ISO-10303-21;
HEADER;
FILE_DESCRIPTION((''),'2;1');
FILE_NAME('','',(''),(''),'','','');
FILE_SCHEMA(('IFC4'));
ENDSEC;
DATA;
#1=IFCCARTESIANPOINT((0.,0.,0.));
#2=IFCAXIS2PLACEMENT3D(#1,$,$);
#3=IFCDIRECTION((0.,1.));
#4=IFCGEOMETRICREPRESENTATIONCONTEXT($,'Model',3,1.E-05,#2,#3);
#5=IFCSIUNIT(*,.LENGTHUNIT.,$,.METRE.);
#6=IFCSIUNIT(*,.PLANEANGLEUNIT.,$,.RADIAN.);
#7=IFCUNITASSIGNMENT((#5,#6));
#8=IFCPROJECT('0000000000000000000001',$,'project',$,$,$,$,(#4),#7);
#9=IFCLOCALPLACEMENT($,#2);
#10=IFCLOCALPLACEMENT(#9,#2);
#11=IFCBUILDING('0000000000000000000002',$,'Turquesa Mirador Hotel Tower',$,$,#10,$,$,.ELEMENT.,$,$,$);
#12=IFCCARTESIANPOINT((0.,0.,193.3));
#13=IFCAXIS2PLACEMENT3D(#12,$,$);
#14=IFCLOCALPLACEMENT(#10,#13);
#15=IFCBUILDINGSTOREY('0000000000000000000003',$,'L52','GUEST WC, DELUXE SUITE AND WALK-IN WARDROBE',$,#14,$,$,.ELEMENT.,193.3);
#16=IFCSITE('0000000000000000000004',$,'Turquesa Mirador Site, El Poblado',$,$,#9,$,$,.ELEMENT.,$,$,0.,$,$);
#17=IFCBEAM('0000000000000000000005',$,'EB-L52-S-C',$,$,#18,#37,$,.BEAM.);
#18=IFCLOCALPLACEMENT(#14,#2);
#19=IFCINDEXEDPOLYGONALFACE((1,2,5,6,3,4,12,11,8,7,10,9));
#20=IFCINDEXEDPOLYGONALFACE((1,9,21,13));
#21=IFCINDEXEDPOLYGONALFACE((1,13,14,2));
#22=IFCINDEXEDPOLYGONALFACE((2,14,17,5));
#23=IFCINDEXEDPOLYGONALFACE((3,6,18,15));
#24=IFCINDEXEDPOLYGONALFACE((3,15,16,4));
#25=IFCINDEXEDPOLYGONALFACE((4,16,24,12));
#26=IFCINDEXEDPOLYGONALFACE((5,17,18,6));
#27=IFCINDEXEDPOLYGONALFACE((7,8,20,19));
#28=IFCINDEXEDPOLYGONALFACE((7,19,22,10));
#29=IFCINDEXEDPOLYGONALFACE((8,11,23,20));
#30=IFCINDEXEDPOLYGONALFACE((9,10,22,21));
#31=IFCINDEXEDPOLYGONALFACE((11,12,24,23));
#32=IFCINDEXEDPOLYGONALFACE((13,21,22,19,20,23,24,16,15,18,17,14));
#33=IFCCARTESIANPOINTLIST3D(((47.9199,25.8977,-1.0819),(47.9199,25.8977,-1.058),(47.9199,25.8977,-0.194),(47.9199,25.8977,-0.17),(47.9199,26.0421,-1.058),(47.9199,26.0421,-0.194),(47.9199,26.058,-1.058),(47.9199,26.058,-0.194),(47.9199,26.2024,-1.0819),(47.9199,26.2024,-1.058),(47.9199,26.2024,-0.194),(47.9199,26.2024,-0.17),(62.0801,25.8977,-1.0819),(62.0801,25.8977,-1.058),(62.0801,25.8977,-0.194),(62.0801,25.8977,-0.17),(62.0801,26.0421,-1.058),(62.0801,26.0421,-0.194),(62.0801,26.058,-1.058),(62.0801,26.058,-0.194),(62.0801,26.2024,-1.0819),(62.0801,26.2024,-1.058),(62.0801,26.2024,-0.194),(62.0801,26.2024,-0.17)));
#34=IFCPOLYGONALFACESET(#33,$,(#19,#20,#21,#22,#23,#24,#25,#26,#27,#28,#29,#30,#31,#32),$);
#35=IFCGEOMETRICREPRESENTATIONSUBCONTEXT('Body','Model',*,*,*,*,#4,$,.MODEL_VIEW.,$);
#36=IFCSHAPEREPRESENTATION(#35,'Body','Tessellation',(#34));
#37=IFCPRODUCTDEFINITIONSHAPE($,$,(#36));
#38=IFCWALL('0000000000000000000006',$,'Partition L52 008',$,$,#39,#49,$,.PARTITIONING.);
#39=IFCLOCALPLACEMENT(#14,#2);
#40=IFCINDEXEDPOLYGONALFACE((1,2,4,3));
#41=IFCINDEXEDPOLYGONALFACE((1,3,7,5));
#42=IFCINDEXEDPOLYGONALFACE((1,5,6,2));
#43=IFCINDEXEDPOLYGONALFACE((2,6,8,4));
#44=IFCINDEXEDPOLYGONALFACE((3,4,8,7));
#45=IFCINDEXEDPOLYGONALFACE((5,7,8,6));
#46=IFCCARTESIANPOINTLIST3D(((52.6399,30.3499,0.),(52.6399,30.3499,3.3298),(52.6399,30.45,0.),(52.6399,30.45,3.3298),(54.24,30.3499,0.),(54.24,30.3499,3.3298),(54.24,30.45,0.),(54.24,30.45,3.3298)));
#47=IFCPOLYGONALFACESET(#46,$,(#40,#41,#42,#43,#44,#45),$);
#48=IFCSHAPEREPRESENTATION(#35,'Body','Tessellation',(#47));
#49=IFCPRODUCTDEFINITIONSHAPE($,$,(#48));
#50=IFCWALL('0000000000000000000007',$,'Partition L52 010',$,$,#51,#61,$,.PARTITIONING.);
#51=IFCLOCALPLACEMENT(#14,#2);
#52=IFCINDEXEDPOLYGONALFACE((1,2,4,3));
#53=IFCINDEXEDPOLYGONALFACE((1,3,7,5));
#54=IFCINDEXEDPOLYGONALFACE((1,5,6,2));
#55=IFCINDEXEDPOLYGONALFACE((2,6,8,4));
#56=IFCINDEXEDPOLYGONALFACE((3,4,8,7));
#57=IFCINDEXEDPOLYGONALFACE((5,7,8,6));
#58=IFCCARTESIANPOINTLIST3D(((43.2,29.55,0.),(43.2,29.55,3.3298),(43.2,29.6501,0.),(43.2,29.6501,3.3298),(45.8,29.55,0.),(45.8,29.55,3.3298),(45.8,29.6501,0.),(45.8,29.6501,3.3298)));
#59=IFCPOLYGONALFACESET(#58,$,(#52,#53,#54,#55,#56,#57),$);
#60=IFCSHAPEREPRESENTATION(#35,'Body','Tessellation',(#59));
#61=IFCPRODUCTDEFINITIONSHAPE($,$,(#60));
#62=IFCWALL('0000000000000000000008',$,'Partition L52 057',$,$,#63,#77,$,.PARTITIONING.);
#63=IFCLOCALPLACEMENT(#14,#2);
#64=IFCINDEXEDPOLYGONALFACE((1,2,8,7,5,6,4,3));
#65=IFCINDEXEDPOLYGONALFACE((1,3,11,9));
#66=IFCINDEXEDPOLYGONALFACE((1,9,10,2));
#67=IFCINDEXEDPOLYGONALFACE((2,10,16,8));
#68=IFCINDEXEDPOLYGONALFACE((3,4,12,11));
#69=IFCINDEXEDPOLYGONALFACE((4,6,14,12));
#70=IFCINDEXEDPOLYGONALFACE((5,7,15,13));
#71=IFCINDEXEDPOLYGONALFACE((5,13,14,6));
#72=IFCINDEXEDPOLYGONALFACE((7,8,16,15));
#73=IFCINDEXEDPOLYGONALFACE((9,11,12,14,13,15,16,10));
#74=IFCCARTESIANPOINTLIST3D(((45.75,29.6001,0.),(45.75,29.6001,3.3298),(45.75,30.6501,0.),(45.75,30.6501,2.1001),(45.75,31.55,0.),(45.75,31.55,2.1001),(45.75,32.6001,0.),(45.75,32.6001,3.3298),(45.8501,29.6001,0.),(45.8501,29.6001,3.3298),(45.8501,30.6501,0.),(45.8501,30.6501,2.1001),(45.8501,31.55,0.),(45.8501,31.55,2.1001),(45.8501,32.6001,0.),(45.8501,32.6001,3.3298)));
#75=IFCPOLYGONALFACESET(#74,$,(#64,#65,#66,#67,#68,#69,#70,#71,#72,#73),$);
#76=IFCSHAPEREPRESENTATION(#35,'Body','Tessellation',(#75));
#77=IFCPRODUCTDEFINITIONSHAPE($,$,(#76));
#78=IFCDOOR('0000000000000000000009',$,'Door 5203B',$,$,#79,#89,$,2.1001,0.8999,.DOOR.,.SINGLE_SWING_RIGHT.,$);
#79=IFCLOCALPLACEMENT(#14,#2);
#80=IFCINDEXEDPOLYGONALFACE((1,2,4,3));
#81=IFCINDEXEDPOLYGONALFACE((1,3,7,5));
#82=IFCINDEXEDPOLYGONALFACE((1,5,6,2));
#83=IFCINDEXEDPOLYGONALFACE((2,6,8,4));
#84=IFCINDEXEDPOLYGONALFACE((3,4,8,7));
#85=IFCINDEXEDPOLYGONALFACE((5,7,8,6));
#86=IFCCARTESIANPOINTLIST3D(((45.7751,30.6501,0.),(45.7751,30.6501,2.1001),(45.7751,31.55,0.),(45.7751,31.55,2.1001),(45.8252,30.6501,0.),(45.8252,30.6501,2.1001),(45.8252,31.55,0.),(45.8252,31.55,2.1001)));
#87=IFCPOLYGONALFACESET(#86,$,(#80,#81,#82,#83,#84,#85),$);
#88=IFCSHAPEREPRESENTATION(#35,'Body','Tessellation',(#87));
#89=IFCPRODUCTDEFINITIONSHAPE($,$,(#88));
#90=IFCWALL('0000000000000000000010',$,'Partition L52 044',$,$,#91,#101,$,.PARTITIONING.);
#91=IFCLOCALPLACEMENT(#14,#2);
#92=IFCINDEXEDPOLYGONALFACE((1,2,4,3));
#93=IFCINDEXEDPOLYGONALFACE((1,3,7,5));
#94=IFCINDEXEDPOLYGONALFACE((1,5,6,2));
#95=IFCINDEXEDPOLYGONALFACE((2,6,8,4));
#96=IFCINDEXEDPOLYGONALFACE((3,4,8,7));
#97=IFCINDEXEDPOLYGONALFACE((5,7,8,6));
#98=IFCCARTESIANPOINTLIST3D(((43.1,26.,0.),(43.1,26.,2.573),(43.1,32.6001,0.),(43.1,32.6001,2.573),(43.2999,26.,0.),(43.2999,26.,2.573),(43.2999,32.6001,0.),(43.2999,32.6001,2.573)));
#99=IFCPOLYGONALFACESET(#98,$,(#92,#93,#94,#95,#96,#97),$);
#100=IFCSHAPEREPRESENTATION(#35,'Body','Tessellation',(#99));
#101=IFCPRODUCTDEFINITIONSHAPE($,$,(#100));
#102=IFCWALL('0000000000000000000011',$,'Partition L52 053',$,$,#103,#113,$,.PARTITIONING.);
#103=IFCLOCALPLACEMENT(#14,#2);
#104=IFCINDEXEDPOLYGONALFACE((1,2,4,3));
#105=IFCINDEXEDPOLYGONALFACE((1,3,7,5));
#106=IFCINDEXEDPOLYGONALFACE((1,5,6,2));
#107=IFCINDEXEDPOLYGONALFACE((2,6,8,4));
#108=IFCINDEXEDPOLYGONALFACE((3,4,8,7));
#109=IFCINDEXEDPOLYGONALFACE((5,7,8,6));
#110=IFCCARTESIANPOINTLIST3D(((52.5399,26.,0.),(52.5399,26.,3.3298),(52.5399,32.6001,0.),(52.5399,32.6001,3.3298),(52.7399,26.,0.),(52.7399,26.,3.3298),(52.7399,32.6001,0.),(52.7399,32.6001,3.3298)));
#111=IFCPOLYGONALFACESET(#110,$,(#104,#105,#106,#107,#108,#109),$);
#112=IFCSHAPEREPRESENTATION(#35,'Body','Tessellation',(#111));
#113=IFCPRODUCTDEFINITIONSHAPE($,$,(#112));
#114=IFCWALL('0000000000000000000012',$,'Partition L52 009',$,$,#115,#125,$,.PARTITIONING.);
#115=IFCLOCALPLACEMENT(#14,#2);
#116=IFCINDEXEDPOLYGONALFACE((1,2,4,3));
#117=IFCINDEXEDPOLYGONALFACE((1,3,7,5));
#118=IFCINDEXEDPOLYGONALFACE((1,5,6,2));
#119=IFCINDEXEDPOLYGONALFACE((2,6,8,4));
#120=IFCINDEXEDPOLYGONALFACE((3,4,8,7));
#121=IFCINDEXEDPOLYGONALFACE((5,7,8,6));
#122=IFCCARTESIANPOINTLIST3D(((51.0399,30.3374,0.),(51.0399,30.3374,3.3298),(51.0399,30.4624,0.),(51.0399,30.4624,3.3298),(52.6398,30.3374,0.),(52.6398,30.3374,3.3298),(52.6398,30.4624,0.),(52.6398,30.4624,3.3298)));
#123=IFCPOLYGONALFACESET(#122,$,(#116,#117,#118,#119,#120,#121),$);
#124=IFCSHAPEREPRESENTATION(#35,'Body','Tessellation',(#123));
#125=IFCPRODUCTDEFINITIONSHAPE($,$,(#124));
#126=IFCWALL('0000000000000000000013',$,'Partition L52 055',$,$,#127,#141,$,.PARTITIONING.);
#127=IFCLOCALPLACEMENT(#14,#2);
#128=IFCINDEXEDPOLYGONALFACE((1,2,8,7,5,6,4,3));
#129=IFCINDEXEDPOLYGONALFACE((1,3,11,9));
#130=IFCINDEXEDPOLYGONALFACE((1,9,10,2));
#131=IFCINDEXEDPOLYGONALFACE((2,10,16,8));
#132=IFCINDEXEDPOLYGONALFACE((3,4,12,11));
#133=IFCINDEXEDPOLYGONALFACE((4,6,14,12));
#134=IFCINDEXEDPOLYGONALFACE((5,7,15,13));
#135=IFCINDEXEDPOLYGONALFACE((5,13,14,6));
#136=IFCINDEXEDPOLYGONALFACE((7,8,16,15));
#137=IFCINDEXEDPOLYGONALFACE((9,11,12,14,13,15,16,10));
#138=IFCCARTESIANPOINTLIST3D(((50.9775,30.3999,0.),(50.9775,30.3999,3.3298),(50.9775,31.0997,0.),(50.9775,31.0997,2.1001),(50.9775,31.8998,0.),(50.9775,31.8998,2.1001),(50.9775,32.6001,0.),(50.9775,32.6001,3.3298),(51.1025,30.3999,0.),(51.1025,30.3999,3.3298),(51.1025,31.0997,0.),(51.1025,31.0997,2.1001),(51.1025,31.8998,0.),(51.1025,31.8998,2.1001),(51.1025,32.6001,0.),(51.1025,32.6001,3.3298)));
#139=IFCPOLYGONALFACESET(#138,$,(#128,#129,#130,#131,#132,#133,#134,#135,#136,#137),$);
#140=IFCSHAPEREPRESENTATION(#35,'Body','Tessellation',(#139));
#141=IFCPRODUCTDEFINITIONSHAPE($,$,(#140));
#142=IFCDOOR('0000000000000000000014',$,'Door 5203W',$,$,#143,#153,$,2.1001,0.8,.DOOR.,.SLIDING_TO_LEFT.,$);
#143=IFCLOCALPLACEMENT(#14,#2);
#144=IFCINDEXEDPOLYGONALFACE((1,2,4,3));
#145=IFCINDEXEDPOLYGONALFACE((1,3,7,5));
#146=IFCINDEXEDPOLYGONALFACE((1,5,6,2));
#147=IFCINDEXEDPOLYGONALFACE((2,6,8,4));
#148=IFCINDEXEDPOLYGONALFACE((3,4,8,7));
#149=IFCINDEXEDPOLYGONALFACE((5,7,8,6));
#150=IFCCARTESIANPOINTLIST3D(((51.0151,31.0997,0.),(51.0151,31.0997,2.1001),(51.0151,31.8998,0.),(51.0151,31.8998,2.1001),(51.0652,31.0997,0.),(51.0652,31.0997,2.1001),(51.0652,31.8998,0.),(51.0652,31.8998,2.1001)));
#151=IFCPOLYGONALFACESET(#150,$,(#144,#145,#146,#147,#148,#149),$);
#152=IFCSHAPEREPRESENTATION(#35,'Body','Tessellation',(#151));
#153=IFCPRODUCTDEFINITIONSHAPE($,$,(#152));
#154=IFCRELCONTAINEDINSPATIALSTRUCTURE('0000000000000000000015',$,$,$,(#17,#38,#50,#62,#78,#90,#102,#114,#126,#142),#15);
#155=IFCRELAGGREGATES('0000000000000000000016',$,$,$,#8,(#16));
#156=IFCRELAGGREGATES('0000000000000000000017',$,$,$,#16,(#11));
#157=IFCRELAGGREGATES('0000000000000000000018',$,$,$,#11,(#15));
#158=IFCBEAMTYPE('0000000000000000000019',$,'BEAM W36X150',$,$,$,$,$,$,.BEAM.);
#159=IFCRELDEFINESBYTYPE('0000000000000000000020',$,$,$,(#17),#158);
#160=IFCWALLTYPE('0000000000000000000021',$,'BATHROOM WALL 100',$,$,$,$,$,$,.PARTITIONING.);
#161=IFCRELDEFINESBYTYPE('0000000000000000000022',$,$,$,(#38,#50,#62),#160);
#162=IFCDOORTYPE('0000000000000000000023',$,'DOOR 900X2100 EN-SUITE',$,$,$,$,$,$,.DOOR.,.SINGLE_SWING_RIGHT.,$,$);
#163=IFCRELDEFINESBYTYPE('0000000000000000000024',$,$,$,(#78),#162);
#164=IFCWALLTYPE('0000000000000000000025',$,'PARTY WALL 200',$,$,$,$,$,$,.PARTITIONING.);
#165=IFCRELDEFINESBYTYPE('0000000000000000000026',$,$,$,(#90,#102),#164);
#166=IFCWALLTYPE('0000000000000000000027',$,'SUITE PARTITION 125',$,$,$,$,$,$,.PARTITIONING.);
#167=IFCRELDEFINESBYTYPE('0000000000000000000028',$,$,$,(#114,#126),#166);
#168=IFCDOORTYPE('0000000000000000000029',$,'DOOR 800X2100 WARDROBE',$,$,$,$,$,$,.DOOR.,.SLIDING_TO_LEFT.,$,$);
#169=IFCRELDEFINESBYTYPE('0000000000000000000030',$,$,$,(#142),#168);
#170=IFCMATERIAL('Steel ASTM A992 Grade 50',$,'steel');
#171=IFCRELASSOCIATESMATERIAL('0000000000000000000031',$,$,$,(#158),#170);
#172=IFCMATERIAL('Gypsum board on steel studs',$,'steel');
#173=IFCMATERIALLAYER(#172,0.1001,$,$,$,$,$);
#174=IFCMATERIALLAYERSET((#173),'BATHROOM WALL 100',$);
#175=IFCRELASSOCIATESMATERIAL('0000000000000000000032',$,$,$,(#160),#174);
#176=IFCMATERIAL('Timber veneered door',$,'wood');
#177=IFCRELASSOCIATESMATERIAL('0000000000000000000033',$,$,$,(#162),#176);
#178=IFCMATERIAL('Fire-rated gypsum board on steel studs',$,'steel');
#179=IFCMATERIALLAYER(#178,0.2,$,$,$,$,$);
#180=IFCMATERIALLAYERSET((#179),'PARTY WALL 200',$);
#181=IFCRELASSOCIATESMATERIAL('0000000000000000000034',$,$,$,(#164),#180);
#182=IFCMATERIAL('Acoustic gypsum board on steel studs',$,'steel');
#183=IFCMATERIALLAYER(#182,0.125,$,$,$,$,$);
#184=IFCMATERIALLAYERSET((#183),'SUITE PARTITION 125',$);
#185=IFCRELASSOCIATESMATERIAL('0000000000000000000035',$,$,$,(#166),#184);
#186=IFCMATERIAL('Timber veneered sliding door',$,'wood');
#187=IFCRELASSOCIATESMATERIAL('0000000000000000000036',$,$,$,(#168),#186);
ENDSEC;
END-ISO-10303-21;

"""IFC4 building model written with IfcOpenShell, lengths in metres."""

from ifc_helpers import new_model, si_unit, direction, frame, frame_2d, origin, origin_2d, place, context, subcontext, project, spatial, rectangle, i_section, extrude, material, layer, layer_set, material_profile, profile_set, type_object, element, fill, save


model = new_model("IFC4")

# Units and contexts
model_context = context("Model", 3, precision=1e-05, world=origin(), true_north=direction((0.0, 1.0)))
body_context = subcontext(model_context, "Body", "Model", "MODEL_VIEW")
ifc_project = project(units=[si_unit("LENGTHUNIT", "METRE"), si_unit("PLANEANGLEUNIT", "RADIAN")], contexts=[model_context])

# Site, building, storey
site_placement = place(None, origin())
site = spatial("IfcSite", under=ifc_project, at=site_placement, Name="Turquesa Mirador Site, El Poblado", CompositionType="ELEMENT", RefElevation=0.0)
building_placement = place(site_placement, origin())
building = spatial("IfcBuilding", under=site, at=building_placement, Name="Turquesa Mirador Hotel Tower", CompositionType="ELEMENT")
storey_placement = place(building_placement, frame((0.0, 0.0, 193.3)))
storey = spatial("IfcBuildingStorey", under=building, at=storey_placement, Name="L52", Description="GUEST WC, DELUXE SUITE AND WALK-IN WARDROBE", CompositionType="ELEMENT", Elevation=193.3)

# Beam
ifc_material_1 = material(Name="Steel ASTM A992 Grade 50", Category="steel")
ifc_material_profile_1 = material_profile(ifc_material_1, i_section(OverallWidth=0.3047, OverallDepth=0.9119, WebThickness=0.0159, FlangeThickness=0.0239, at=origin_2d()), Name="W36X150")
ifc_profile_set_1 = profile_set([ifc_material_profile_1], Name="Steel ASTM A992 Grade 50")
beam_type_1 = type_object("IfcBeamType", Name="BEAM W36X150", PredefinedType="BEAM", material=ifc_profile_set_1)
beam_1_placement = place(storey_placement, frame((47.9199, 26.05, -0.626), z_axis=(1.0, 0.0, 0.0), x_axis=(0.0, 1.0, 0.0)))
element("IfcBeam", 1, at=beam_1_placement, inside=storey, type_object=beam_type_1, Name="EB-L52-S-C", PredefinedType="BEAM", context=body_context, shape_type="SweptSolid", body=[
    extrude(i_section(OverallWidth=0.3047, OverallDepth=0.9119, WebThickness=0.0159, FlangeThickness=0.0239, at=origin_2d()), origin(), (0.0, 0.0, 1.0), 14.1602),
])

# Walls
ifc_material_2 = material(Name="Gypsum board on steel studs", Category="steel")
ifc_layer_1 = layer(ifc_material_2, 0.1001)
ifc_layer_set_1 = layer_set([ifc_layer_1], Name="BATHROOM WALL 100")
wall_type_1 = type_object("IfcWallType", Name="BATHROOM WALL 100", PredefinedType="PARTITIONING", material=ifc_layer_set_1)
wall_1_placement = place(storey_placement, frame((52.6399, 30.3999, 0.0), z_axis=(0.0, 0.0, 1.0), x_axis=(1.0, 0.0, 0.0)))
element("IfcWall", 2, at=wall_1_placement, inside=storey, type_object=wall_type_1, Name="Partition L52 008", PredefinedType="PARTITIONING", context=body_context, shape_type="SweptSolid", body=[
    extrude(rectangle(XDim=1.6001, YDim=0.1001, at=frame_2d((0.8, 0.0))), origin(), (0.0, 0.0, 1.0), 3.3298),
])
wall_2_placement = place(storey_placement, frame((43.2, 29.6001, 0.0), z_axis=(0.0, 0.0, 1.0), x_axis=(1.0, 0.0, 0.0)))
element("IfcWall", 3, at=wall_2_placement, inside=storey, type_object=wall_type_1, Name="Partition L52 010", PredefinedType="PARTITIONING", context=body_context, shape_type="SweptSolid", body=[
    extrude(rectangle(XDim=2.6001, YDim=0.1001, at=frame_2d((1.3, 0.0))), origin(), (0.0, 0.0, 1.0), 3.3298),
])

# Wall, opening, door
wall_3_placement = place(storey_placement, frame((45.8, 29.6001, 0.0), z_axis=(0.0, 0.0, 1.0), x_axis=(0.0, 1.0, 0.0)))
wall_3 = element("IfcWall", 4, at=wall_3_placement, inside=storey, type_object=wall_type_1, Name="Partition L52 057", PredefinedType="PARTITIONING", context=body_context, shape_type="SweptSolid", body=[
    extrude(rectangle(XDim=3.0, YDim=0.1001, at=frame_2d((1.5, 0.0))), origin(), (0.0, 0.0, 1.0), 3.3298),
])
opening_1_placement = place(wall_3_placement, frame((1.05, 0.0, 0.0)))
opening_1 = element("IfcOpeningElement", 5, at=opening_1_placement, cuts=wall_3, PredefinedType="OPENING", context=body_context, shape_type="SweptSolid", body=[
    extrude(rectangle(XDim=0.8999, YDim=2.1001, at=frame_2d((0.45, 1.05))), frame((0.0, 0.0601, 0.0), z_axis=(0.0, -1.0, 0.0), x_axis=(1.0, 0.0, 0.0)), (0.0, 0.0, 1.0), 0.1201),
])
ifc_material_3 = material(Name="Timber veneered door", Category="wood")
door_type_1 = type_object("IfcDoorType", Name="DOOR 900X2100 EN-SUITE", OperationType="SINGLE_SWING_RIGHT", PredefinedType="DOOR", material=ifc_material_3)
door_1_placement = place(opening_1_placement, origin())
door_1 = element("IfcDoor", 6, at=door_1_placement, inside=storey, type_object=door_type_1, Name="Door 5203B", OperationType="SINGLE_SWING_RIGHT", OverallHeight=2.1001, OverallWidth=0.8999, PredefinedType="DOOR", context=body_context, shape_type="SweptSolid", body=[
    extrude(rectangle(XDim=0.8999, YDim=2.1001, at=frame_2d((0.45, 1.05))), frame((0.0, 0.0249, 0.0), z_axis=(0.0, -1.0, 0.0), x_axis=(1.0, 0.0, 0.0)), (0.0, 0.0, 1.0), 0.05),
])
fill(opening_1, door_1)

# Walls
ifc_material_4 = material(Name="Fire-rated gypsum board on steel studs", Category="steel")
ifc_layer_2 = layer(ifc_material_4, 0.2)
ifc_layer_set_2 = layer_set([ifc_layer_2], Name="PARTY WALL 200")
wall_type_2 = type_object("IfcWallType", Name="PARTY WALL 200", PredefinedType="PARTITIONING", material=ifc_layer_set_2)
wall_4_placement = place(storey_placement, frame((43.2, 26.0, 0.0), z_axis=(0.0, 0.0, 1.0), x_axis=(0.0, 1.0, 0.0)))
element("IfcWall", 7, at=wall_4_placement, inside=storey, type_object=wall_type_2, Name="Partition L52 044", PredefinedType="PARTITIONING", context=body_context, shape_type="SweptSolid", body=[
    extrude(rectangle(XDim=6.6001, YDim=0.2, at=frame_2d((3.3, 0.0))), origin(), (0.0, 0.0, 1.0), 2.573),
])
wall_5_placement = place(storey_placement, frame((52.6399, 26.0, 0.0), z_axis=(0.0, 0.0, 1.0), x_axis=(0.0, 1.0, 0.0)))
element("IfcWall", 8, at=wall_5_placement, inside=storey, type_object=wall_type_2, Name="Partition L52 053", PredefinedType="PARTITIONING", context=body_context, shape_type="SweptSolid", body=[
    extrude(rectangle(XDim=6.6001, YDim=0.2, at=frame_2d((3.3, 0.0))), origin(), (0.0, 0.0, 1.0), 3.3298),
])
ifc_material_5 = material(Name="Acoustic gypsum board on steel studs", Category="steel")
ifc_layer_3 = layer(ifc_material_5, 0.125)
ifc_layer_set_3 = layer_set([ifc_layer_3], Name="SUITE PARTITION 125")
wall_type_3 = type_object("IfcWallType", Name="SUITE PARTITION 125", PredefinedType="PARTITIONING", material=ifc_layer_set_3)
wall_6_placement = place(storey_placement, frame((51.04, 30.3999, 0.0), z_axis=(0.0, 0.0, 1.0), x_axis=(1.0, 0.0, 0.0)))
element("IfcWall", 9, at=wall_6_placement, inside=storey, type_object=wall_type_3, Name="Partition L52 009", PredefinedType="PARTITIONING", context=body_context, shape_type="SweptSolid", body=[
    extrude(rectangle(XDim=1.5999, YDim=0.125, at=frame_2d((0.7998, 0.0))), origin(), (0.0, 0.0, 1.0), 3.3298),
])

# Wall, opening, door
wall_7_placement = place(storey_placement, frame((51.04, 30.3999, 0.0), z_axis=(0.0, 0.0, 1.0), x_axis=(0.0, 1.0, 0.0)))
wall_7 = element("IfcWall", 10, at=wall_7_placement, inside=storey, type_object=wall_type_3, Name="Partition L52 055", PredefinedType="PARTITIONING", context=body_context, shape_type="SweptSolid", body=[
    extrude(rectangle(XDim=2.2002, YDim=0.125, at=frame_2d((1.1001, 0.0))), origin(), (0.0, 0.0, 1.0), 3.3298),
])
opening_2_placement = place(wall_7_placement, frame((0.7, 0.0, 0.0)))
opening_2 = element("IfcOpeningElement", 11, at=opening_2_placement, cuts=wall_7, PredefinedType="OPENING", context=body_context, shape_type="SweptSolid", body=[
    extrude(rectangle(XDim=0.8, YDim=2.1001, at=frame_2d((0.3999, 1.05))), frame((0.0, 0.0725, 0.0), z_axis=(0.0, -1.0, 0.0), x_axis=(1.0, 0.0, 0.0)), (0.0, 0.0, 1.0), 0.145),
])
ifc_material_6 = material(Name="Timber veneered sliding door", Category="wood")
door_type_2 = type_object("IfcDoorType", Name="DOOR 800X2100 WARDROBE", OperationType="SLIDING_TO_LEFT", PredefinedType="DOOR", material=ifc_material_6)
door_2_placement = place(opening_2_placement, origin())
door_2 = element("IfcDoor", 12, at=door_2_placement, inside=storey, type_object=door_type_2, Name="Door 5203W", OperationType="SLIDING_TO_LEFT", OverallHeight=2.1001, OverallWidth=0.8, PredefinedType="DOOR", context=body_context, shape_type="SweptSolid", body=[
    extrude(rectangle(XDim=0.8, YDim=2.1001, at=frame_2d((0.3999, 1.05))), frame((0.0, 0.0249, 0.0), z_axis=(0.0, -1.0, 0.0), x_axis=(1.0, 0.0, 0.0)), (0.0, 0.0, 1.0), 0.05),
])
fill(opening_2, door_2)

save(model, "model.ifc")
